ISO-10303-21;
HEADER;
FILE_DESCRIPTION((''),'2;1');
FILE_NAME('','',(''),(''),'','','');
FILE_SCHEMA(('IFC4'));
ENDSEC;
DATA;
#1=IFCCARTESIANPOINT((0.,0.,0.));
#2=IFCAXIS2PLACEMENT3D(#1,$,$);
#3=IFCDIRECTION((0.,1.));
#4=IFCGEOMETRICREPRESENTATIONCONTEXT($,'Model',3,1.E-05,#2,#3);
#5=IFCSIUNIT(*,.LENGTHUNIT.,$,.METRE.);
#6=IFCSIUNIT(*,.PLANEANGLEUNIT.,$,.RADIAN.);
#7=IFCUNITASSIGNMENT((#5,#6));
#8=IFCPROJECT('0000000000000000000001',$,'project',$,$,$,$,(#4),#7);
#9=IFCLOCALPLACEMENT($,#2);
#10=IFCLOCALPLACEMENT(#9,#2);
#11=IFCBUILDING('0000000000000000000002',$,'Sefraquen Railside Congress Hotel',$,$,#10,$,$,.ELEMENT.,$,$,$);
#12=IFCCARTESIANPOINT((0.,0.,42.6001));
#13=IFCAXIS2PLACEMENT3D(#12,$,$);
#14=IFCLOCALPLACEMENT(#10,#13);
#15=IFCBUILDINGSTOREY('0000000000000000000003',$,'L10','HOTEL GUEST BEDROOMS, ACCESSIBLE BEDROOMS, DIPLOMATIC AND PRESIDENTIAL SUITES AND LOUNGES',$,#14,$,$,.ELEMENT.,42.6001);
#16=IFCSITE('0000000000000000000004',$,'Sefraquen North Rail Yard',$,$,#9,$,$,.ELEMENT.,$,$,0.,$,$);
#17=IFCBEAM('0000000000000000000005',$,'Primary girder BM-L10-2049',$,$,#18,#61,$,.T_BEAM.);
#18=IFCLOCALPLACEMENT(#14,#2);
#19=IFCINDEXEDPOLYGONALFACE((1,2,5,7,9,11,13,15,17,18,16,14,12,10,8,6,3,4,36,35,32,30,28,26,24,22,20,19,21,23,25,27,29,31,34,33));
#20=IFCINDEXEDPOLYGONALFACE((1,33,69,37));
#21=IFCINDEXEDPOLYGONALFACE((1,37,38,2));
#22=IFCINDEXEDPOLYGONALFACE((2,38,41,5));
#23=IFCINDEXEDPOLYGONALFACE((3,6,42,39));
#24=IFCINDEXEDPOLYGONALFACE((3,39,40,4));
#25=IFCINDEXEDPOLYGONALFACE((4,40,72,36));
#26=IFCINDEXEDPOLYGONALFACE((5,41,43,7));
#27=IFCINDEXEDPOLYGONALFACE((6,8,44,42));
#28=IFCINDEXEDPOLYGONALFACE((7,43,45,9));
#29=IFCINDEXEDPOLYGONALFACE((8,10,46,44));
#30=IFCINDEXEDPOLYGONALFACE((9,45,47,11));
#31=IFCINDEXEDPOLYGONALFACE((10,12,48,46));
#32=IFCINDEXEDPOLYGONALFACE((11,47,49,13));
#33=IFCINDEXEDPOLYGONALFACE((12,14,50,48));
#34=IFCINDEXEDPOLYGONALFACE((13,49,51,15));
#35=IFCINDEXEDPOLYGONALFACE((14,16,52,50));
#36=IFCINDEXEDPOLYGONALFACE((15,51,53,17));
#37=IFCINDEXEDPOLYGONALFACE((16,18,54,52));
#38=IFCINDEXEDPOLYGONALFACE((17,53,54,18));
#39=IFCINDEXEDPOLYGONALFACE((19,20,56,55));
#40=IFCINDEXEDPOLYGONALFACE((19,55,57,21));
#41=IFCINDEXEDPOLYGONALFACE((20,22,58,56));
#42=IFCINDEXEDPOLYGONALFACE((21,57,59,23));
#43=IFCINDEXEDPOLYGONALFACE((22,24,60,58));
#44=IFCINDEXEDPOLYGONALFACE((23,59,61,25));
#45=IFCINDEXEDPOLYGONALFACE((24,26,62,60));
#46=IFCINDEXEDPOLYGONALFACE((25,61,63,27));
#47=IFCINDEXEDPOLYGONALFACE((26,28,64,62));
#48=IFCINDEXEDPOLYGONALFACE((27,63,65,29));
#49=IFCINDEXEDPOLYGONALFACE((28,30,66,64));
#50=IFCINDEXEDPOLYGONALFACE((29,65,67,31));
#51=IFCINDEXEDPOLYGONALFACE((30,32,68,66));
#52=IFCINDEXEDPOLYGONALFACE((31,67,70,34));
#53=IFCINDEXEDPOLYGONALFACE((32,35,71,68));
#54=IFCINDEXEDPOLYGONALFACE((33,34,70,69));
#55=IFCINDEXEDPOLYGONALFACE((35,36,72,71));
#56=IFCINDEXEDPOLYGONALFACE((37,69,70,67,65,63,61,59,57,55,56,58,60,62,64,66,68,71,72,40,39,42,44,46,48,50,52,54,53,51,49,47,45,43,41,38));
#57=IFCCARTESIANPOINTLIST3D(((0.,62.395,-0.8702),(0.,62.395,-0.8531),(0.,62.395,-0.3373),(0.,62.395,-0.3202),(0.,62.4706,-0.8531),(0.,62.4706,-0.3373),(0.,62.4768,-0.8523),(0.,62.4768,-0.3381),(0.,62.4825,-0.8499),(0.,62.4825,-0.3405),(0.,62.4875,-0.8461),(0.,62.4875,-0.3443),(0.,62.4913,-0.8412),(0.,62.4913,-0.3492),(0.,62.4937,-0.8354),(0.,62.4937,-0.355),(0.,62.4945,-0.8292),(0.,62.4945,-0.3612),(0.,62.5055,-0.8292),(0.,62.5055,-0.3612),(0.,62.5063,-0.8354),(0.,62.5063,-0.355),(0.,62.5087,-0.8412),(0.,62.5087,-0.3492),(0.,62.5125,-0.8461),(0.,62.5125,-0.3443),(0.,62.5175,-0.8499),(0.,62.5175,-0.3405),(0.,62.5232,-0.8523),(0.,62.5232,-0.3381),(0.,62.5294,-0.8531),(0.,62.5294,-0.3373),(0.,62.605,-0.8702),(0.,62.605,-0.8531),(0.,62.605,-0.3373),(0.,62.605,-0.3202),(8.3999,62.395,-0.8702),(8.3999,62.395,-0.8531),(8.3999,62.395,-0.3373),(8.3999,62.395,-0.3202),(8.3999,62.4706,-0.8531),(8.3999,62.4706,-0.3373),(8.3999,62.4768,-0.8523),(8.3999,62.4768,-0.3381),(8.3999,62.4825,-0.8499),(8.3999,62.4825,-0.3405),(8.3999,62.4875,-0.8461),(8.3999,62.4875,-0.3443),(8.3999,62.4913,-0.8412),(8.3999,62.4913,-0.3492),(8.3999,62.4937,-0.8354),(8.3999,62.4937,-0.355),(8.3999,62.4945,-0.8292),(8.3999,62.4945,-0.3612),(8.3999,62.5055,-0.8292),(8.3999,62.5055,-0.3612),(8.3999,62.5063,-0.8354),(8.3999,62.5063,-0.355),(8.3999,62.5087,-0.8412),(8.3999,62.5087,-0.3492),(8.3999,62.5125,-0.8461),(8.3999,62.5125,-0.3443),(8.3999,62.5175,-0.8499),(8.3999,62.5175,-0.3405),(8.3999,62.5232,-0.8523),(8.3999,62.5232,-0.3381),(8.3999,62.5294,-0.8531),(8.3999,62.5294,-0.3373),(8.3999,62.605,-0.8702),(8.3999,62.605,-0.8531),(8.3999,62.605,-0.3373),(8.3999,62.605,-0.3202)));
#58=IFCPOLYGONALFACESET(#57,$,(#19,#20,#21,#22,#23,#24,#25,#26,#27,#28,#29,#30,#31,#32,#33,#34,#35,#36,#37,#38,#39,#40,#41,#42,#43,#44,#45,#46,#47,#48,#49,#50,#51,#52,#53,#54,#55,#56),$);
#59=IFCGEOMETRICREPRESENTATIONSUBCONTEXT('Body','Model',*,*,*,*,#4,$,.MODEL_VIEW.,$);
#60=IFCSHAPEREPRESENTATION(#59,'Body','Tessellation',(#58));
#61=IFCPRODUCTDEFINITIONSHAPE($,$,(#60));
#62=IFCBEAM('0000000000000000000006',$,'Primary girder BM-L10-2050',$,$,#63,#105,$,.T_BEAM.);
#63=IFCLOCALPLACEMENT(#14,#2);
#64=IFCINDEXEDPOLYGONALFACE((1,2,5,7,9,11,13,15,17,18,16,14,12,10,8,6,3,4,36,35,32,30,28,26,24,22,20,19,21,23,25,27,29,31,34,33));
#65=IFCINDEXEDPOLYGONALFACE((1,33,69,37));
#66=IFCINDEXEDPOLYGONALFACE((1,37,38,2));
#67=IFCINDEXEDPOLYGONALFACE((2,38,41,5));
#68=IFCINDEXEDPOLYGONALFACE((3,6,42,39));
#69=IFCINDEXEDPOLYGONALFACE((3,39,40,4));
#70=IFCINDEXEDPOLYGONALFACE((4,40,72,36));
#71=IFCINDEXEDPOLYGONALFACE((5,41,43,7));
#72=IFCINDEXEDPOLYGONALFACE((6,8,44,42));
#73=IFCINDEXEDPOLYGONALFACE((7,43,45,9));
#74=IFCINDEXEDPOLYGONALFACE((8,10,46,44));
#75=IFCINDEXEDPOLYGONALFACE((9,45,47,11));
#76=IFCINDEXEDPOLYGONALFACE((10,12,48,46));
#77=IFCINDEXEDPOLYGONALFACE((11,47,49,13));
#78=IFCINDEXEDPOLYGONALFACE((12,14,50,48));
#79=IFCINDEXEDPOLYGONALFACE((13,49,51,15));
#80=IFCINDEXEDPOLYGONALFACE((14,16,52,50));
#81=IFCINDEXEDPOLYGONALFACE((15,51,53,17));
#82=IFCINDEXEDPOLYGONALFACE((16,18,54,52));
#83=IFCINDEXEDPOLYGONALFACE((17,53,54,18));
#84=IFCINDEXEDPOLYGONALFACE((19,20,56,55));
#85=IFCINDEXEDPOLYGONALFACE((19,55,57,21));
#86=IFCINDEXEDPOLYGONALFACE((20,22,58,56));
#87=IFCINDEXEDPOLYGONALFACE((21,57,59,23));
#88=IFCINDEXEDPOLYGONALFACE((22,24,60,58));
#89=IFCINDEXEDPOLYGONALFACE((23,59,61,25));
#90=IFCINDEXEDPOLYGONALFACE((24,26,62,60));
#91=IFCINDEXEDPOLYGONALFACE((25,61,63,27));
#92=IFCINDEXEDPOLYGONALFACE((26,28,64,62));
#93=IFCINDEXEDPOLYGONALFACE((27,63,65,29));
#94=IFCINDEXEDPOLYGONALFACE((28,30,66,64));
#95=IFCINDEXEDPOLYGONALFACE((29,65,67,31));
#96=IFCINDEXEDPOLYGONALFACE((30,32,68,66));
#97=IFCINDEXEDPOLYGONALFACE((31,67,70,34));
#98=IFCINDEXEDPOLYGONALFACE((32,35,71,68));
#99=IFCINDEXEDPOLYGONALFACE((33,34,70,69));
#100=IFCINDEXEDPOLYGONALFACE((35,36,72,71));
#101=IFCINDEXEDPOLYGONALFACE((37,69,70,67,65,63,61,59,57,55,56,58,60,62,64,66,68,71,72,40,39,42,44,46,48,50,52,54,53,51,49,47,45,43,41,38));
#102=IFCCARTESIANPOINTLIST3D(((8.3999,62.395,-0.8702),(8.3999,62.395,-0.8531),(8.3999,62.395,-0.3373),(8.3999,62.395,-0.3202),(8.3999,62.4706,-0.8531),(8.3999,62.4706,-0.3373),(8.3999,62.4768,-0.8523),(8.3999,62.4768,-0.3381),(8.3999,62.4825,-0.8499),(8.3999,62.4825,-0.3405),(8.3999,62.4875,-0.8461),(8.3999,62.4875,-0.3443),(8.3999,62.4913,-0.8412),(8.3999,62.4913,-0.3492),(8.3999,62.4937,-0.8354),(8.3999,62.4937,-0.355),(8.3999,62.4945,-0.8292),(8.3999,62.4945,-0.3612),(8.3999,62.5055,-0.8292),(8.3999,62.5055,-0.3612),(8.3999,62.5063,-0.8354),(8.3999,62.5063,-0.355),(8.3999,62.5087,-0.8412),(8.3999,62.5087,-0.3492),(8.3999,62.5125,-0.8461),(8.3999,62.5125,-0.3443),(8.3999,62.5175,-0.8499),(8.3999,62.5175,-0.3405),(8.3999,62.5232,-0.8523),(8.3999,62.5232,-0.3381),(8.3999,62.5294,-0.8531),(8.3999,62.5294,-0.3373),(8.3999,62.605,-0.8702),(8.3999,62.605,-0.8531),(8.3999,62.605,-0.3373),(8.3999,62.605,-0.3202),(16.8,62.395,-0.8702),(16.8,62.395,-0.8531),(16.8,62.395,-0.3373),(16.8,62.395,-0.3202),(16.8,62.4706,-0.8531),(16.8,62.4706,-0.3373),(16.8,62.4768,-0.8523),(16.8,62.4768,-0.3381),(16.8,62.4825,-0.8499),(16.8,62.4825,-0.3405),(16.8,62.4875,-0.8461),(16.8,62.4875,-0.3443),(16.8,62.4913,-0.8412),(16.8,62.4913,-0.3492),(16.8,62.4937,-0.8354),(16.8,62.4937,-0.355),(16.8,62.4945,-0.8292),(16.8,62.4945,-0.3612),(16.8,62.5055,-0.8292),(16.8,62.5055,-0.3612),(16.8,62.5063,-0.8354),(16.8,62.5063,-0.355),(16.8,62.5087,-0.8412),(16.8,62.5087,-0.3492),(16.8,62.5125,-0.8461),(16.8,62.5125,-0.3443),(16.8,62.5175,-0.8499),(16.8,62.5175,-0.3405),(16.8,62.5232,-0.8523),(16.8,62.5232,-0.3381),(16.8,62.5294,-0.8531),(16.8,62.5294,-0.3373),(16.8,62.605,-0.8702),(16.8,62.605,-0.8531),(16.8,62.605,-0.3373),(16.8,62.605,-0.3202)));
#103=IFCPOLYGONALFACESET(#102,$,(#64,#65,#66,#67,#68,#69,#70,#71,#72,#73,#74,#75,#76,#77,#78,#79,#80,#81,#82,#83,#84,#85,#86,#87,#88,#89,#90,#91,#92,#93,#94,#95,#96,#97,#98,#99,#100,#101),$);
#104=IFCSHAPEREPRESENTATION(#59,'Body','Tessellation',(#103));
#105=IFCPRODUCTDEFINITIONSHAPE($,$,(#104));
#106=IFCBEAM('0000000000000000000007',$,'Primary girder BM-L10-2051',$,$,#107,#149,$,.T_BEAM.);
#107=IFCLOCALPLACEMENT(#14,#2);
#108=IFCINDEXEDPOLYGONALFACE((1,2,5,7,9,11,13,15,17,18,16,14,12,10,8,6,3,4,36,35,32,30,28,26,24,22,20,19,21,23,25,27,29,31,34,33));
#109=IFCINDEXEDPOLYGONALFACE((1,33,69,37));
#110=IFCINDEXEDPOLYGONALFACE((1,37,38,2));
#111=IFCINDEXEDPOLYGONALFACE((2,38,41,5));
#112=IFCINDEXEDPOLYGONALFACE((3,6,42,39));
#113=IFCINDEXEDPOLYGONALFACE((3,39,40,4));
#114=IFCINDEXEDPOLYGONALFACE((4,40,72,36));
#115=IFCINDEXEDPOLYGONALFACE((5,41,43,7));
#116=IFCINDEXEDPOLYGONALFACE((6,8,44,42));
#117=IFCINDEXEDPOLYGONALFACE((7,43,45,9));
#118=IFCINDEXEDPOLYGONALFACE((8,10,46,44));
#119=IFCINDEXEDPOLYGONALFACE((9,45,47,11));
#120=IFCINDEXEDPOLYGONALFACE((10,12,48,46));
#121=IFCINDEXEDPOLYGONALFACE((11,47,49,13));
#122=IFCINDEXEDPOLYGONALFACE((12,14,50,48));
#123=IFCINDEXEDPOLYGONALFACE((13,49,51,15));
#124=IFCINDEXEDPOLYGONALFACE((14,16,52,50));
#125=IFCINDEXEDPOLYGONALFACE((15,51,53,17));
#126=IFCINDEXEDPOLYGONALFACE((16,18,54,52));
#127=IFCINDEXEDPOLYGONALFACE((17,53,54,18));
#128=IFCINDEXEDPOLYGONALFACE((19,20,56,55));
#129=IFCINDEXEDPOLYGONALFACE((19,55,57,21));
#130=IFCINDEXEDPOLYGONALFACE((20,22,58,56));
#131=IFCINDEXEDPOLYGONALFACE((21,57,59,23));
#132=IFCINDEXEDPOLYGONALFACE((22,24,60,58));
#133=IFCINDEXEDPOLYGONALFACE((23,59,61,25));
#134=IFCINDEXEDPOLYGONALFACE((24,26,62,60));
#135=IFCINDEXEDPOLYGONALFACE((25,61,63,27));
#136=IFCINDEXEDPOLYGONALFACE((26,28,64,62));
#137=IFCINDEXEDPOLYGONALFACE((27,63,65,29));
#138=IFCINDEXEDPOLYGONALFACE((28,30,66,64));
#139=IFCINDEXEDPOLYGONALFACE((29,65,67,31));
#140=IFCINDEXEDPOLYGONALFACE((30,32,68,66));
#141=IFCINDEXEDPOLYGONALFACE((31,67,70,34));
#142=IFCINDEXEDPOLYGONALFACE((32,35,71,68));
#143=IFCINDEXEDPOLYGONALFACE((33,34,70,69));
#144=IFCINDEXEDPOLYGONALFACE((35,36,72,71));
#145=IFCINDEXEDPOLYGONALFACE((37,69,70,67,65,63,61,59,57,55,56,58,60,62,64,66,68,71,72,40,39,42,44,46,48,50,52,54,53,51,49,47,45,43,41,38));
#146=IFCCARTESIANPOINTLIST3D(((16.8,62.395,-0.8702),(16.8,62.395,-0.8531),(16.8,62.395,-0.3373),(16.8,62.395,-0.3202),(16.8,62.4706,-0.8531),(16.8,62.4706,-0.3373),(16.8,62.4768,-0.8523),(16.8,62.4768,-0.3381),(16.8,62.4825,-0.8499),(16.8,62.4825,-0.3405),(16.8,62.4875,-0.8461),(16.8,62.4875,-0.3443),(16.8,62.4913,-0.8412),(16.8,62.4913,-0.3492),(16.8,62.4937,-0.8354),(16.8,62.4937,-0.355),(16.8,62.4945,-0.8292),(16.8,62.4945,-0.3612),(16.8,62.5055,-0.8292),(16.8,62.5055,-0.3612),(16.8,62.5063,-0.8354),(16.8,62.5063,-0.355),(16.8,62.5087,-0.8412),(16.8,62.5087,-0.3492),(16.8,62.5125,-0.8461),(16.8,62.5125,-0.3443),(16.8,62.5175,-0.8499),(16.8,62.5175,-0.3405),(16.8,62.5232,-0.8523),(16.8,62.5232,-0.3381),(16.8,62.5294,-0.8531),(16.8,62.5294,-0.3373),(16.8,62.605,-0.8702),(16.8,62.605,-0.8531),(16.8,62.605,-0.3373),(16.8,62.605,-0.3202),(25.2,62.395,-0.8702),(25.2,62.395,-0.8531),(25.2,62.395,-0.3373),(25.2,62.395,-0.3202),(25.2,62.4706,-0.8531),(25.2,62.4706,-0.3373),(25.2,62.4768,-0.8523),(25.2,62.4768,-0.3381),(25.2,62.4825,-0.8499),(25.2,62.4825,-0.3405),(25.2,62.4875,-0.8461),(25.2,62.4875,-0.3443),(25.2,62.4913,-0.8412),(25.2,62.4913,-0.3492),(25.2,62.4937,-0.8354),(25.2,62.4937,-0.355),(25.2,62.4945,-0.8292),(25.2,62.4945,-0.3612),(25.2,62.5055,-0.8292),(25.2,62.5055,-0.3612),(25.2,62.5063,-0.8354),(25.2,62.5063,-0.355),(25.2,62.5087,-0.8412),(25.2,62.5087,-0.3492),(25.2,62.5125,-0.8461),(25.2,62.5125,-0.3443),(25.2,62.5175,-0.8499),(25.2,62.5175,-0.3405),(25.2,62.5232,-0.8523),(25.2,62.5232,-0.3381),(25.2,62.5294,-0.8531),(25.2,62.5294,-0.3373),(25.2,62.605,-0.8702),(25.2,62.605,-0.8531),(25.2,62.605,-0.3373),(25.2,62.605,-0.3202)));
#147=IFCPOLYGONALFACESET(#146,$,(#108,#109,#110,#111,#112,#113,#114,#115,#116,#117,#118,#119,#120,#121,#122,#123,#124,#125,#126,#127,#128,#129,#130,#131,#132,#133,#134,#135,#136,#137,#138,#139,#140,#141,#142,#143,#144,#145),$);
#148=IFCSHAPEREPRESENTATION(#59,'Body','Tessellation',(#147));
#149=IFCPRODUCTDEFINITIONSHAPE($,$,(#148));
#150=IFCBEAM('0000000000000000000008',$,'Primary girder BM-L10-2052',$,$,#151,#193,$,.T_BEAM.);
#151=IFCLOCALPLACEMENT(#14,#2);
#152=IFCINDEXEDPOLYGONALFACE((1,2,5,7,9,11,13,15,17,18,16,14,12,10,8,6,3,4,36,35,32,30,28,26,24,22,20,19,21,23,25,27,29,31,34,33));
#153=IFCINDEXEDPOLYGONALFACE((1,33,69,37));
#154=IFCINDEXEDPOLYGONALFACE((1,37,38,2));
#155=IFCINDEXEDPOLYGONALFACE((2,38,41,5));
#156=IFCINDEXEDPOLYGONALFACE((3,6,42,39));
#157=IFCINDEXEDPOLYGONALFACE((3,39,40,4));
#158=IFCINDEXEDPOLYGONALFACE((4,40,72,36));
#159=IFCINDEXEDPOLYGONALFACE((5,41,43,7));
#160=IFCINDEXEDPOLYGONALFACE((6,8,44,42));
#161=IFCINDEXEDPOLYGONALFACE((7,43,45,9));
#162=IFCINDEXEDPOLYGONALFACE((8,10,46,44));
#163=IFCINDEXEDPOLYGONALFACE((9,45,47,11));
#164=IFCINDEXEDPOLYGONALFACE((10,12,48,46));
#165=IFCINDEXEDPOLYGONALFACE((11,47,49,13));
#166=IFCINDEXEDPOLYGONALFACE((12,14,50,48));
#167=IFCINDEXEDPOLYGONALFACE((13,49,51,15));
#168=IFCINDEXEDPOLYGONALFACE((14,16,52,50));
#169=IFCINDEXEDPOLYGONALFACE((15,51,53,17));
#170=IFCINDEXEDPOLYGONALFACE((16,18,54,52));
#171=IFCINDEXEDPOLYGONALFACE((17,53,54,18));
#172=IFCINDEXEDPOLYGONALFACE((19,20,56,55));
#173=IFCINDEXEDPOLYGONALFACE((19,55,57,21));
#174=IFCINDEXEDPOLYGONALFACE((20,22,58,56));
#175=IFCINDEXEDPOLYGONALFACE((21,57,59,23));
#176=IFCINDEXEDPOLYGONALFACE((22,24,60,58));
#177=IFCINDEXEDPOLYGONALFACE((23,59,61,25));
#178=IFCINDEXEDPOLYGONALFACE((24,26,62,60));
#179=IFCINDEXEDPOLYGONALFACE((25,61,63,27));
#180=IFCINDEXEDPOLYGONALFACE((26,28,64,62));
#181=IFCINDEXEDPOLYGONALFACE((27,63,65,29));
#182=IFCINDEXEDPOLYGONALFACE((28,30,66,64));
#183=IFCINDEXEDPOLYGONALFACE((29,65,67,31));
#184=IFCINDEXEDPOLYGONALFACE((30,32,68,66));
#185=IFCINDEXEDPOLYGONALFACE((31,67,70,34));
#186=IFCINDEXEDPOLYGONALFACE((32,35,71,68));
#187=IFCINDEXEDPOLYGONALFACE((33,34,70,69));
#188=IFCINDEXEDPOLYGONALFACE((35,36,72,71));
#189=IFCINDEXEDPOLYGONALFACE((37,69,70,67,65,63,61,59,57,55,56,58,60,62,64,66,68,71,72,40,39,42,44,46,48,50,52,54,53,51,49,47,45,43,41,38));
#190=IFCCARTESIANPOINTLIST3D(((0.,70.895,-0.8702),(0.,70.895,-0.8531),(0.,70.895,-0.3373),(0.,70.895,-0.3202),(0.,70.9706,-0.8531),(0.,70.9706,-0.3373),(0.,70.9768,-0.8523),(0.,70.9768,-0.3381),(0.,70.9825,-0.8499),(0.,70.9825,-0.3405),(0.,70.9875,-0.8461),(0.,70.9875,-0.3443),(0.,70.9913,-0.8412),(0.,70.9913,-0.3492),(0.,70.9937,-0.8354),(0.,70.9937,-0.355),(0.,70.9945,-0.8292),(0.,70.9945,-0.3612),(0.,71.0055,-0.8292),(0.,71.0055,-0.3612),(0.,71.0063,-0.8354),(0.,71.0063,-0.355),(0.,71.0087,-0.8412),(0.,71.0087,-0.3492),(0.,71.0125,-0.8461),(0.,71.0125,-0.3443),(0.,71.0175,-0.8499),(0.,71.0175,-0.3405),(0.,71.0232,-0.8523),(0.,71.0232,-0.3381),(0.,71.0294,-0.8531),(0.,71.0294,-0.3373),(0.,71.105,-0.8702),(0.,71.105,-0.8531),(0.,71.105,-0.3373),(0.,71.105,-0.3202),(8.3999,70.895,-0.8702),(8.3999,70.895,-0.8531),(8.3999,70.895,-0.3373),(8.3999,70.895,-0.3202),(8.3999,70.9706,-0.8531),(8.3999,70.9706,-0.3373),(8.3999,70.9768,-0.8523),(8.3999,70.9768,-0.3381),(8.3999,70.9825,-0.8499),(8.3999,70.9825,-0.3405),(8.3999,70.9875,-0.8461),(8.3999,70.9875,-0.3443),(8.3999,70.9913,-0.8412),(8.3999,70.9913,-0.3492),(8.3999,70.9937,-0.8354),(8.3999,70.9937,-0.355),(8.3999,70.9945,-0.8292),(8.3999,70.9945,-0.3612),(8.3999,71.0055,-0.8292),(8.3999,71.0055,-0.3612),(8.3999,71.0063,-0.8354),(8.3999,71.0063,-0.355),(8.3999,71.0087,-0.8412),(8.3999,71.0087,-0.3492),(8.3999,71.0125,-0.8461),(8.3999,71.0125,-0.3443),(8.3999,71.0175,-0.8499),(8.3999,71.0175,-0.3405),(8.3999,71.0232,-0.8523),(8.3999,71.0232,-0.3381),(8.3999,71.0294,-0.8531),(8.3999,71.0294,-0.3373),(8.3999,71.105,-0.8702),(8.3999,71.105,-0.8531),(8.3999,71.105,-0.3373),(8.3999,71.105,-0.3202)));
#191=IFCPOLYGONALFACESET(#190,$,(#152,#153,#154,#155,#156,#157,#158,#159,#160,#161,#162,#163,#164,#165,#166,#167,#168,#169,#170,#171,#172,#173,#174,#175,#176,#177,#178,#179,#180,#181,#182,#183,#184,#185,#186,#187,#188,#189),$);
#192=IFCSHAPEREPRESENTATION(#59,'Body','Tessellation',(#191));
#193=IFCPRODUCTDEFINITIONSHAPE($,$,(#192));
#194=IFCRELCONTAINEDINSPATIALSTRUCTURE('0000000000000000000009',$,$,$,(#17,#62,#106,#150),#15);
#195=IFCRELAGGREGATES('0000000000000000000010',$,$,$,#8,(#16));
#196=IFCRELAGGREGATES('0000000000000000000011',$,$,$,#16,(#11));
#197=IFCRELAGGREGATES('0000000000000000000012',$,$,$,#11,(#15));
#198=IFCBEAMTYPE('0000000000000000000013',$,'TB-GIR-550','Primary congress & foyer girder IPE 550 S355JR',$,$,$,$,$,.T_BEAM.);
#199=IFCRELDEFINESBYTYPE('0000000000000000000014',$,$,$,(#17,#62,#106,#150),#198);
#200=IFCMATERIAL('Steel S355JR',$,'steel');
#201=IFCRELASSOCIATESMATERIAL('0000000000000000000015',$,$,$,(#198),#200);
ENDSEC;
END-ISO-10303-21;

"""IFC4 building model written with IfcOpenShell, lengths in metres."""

from ifc_helpers import new_model, si_unit, direction, frame, origin, origin_2d, place, context, subcontext, project, spatial, i_section, extrude, material, material_profile, profile_set, type_object, element, save


model = new_model("IFC4")

# Units and contexts
model_context = context("Model", 3, precision=1e-05, world=origin(), true_north=direction((0.0, 1.0)))
body_context = subcontext(model_context, "Body", "Model", "MODEL_VIEW")
ifc_project = project(units=[si_unit("LENGTHUNIT", "METRE"), si_unit("PLANEANGLEUNIT", "RADIAN")], contexts=[model_context])

# Site, building, storey
site_placement = place(None, origin())
site = spatial("IfcSite", under=ifc_project, at=site_placement, Name="Sefraquen North Rail Yard", CompositionType="ELEMENT", RefElevation=0.0)
building_placement = place(site_placement, origin())
building = spatial("IfcBuilding", under=site, at=building_placement, Name="Sefraquen Railside Congress Hotel", CompositionType="ELEMENT")
storey_placement = place(building_placement, frame((0.0, 0.0, 42.6001)))
storey = spatial("IfcBuildingStorey", under=building, at=storey_placement, Name="L10", Description="HOTEL GUEST BEDROOMS, ACCESSIBLE BEDROOMS, DIPLOMATIC AND PRESIDENTIAL SUITES AND LOUNGES", CompositionType="ELEMENT", Elevation=42.6001)

# Beams
ifc_material_1 = material(Name="Steel S355JR", Category="steel")
ifc_material_profile_1 = material_profile(ifc_material_1, i_section(OverallWidth=0.21, OverallDepth=0.55, WebThickness=0.011, FlangeThickness=0.0171, FilletRadius=0.0239, at=origin_2d()), Name="IPE 550")
ifc_profile_set_1 = profile_set([ifc_material_profile_1], Name="Steel S355JR")
beam_type_1 = type_object("IfcBeamType", Name="TB-GIR-550", Description="Primary congress & foyer girder IPE 550 S355JR", PredefinedType="T_BEAM", material=ifc_profile_set_1)
beam_1_placement = place(storey_placement, frame((0.0, 62.5, -0.5952), z_axis=(1.0, 0.0, 0.0), x_axis=(0.0, 1.0, 0.0)))
element("IfcBeam", 1, at=beam_1_placement, inside=storey, type_object=beam_type_1, Name="Primary girder BM-L10-2049", PredefinedType="T_BEAM", context=body_context, shape_type="SweptSolid", body=[
    extrude(i_section(OverallWidth=0.21, OverallDepth=0.55, WebThickness=0.011, FlangeThickness=0.0171, FilletRadius=0.0239, at=origin_2d()), origin(), (0.0, 0.0, 1.0), 8.3999),
])
beam_2_placement = place(storey_placement, frame((8.3999, 62.5, -0.5952), z_axis=(1.0, 0.0, 0.0), x_axis=(0.0, 1.0, 0.0)))
element("IfcBeam", 2, at=beam_2_placement, inside=storey, type_object=beam_type_1, Name="Primary girder BM-L10-2050", PredefinedType="T_BEAM", context=body_context, shape_type="SweptSolid", body=[
    extrude(i_section(OverallWidth=0.21, OverallDepth=0.55, WebThickness=0.011, FlangeThickness=0.0171, FilletRadius=0.0239, at=origin_2d()), origin(), (0.0, 0.0, 1.0), 8.4001),
])
for number, where, z_axis, x_axis, name in (
    (3, (16.8, 62.5, -0.5952), (1.0, 0.0, 0.0), (0.0, 1.0, 0.0), "Primary girder BM-L10-2051"),
    (4, (0.0, 71.0, -0.5952), (1.0, 0.0, 0.0), (0.0, 1.0, 0.0), "Primary girder BM-L10-2052"),
):
    element("IfcBeam", number, at=place(storey_placement, frame(where, z_axis=z_axis, x_axis=x_axis)), inside=storey, type_object=beam_type_1, Name=name, PredefinedType="T_BEAM", context=body_context, shape_type="SweptSolid", body=[
        extrude(i_section(OverallWidth=0.21, OverallDepth=0.55, WebThickness=0.011, FlangeThickness=0.0171, FilletRadius=0.0239, at=origin_2d()), origin(), (0.0, 0.0, 1.0), 8.3999),
    ])

save(model, "model.ifc")
